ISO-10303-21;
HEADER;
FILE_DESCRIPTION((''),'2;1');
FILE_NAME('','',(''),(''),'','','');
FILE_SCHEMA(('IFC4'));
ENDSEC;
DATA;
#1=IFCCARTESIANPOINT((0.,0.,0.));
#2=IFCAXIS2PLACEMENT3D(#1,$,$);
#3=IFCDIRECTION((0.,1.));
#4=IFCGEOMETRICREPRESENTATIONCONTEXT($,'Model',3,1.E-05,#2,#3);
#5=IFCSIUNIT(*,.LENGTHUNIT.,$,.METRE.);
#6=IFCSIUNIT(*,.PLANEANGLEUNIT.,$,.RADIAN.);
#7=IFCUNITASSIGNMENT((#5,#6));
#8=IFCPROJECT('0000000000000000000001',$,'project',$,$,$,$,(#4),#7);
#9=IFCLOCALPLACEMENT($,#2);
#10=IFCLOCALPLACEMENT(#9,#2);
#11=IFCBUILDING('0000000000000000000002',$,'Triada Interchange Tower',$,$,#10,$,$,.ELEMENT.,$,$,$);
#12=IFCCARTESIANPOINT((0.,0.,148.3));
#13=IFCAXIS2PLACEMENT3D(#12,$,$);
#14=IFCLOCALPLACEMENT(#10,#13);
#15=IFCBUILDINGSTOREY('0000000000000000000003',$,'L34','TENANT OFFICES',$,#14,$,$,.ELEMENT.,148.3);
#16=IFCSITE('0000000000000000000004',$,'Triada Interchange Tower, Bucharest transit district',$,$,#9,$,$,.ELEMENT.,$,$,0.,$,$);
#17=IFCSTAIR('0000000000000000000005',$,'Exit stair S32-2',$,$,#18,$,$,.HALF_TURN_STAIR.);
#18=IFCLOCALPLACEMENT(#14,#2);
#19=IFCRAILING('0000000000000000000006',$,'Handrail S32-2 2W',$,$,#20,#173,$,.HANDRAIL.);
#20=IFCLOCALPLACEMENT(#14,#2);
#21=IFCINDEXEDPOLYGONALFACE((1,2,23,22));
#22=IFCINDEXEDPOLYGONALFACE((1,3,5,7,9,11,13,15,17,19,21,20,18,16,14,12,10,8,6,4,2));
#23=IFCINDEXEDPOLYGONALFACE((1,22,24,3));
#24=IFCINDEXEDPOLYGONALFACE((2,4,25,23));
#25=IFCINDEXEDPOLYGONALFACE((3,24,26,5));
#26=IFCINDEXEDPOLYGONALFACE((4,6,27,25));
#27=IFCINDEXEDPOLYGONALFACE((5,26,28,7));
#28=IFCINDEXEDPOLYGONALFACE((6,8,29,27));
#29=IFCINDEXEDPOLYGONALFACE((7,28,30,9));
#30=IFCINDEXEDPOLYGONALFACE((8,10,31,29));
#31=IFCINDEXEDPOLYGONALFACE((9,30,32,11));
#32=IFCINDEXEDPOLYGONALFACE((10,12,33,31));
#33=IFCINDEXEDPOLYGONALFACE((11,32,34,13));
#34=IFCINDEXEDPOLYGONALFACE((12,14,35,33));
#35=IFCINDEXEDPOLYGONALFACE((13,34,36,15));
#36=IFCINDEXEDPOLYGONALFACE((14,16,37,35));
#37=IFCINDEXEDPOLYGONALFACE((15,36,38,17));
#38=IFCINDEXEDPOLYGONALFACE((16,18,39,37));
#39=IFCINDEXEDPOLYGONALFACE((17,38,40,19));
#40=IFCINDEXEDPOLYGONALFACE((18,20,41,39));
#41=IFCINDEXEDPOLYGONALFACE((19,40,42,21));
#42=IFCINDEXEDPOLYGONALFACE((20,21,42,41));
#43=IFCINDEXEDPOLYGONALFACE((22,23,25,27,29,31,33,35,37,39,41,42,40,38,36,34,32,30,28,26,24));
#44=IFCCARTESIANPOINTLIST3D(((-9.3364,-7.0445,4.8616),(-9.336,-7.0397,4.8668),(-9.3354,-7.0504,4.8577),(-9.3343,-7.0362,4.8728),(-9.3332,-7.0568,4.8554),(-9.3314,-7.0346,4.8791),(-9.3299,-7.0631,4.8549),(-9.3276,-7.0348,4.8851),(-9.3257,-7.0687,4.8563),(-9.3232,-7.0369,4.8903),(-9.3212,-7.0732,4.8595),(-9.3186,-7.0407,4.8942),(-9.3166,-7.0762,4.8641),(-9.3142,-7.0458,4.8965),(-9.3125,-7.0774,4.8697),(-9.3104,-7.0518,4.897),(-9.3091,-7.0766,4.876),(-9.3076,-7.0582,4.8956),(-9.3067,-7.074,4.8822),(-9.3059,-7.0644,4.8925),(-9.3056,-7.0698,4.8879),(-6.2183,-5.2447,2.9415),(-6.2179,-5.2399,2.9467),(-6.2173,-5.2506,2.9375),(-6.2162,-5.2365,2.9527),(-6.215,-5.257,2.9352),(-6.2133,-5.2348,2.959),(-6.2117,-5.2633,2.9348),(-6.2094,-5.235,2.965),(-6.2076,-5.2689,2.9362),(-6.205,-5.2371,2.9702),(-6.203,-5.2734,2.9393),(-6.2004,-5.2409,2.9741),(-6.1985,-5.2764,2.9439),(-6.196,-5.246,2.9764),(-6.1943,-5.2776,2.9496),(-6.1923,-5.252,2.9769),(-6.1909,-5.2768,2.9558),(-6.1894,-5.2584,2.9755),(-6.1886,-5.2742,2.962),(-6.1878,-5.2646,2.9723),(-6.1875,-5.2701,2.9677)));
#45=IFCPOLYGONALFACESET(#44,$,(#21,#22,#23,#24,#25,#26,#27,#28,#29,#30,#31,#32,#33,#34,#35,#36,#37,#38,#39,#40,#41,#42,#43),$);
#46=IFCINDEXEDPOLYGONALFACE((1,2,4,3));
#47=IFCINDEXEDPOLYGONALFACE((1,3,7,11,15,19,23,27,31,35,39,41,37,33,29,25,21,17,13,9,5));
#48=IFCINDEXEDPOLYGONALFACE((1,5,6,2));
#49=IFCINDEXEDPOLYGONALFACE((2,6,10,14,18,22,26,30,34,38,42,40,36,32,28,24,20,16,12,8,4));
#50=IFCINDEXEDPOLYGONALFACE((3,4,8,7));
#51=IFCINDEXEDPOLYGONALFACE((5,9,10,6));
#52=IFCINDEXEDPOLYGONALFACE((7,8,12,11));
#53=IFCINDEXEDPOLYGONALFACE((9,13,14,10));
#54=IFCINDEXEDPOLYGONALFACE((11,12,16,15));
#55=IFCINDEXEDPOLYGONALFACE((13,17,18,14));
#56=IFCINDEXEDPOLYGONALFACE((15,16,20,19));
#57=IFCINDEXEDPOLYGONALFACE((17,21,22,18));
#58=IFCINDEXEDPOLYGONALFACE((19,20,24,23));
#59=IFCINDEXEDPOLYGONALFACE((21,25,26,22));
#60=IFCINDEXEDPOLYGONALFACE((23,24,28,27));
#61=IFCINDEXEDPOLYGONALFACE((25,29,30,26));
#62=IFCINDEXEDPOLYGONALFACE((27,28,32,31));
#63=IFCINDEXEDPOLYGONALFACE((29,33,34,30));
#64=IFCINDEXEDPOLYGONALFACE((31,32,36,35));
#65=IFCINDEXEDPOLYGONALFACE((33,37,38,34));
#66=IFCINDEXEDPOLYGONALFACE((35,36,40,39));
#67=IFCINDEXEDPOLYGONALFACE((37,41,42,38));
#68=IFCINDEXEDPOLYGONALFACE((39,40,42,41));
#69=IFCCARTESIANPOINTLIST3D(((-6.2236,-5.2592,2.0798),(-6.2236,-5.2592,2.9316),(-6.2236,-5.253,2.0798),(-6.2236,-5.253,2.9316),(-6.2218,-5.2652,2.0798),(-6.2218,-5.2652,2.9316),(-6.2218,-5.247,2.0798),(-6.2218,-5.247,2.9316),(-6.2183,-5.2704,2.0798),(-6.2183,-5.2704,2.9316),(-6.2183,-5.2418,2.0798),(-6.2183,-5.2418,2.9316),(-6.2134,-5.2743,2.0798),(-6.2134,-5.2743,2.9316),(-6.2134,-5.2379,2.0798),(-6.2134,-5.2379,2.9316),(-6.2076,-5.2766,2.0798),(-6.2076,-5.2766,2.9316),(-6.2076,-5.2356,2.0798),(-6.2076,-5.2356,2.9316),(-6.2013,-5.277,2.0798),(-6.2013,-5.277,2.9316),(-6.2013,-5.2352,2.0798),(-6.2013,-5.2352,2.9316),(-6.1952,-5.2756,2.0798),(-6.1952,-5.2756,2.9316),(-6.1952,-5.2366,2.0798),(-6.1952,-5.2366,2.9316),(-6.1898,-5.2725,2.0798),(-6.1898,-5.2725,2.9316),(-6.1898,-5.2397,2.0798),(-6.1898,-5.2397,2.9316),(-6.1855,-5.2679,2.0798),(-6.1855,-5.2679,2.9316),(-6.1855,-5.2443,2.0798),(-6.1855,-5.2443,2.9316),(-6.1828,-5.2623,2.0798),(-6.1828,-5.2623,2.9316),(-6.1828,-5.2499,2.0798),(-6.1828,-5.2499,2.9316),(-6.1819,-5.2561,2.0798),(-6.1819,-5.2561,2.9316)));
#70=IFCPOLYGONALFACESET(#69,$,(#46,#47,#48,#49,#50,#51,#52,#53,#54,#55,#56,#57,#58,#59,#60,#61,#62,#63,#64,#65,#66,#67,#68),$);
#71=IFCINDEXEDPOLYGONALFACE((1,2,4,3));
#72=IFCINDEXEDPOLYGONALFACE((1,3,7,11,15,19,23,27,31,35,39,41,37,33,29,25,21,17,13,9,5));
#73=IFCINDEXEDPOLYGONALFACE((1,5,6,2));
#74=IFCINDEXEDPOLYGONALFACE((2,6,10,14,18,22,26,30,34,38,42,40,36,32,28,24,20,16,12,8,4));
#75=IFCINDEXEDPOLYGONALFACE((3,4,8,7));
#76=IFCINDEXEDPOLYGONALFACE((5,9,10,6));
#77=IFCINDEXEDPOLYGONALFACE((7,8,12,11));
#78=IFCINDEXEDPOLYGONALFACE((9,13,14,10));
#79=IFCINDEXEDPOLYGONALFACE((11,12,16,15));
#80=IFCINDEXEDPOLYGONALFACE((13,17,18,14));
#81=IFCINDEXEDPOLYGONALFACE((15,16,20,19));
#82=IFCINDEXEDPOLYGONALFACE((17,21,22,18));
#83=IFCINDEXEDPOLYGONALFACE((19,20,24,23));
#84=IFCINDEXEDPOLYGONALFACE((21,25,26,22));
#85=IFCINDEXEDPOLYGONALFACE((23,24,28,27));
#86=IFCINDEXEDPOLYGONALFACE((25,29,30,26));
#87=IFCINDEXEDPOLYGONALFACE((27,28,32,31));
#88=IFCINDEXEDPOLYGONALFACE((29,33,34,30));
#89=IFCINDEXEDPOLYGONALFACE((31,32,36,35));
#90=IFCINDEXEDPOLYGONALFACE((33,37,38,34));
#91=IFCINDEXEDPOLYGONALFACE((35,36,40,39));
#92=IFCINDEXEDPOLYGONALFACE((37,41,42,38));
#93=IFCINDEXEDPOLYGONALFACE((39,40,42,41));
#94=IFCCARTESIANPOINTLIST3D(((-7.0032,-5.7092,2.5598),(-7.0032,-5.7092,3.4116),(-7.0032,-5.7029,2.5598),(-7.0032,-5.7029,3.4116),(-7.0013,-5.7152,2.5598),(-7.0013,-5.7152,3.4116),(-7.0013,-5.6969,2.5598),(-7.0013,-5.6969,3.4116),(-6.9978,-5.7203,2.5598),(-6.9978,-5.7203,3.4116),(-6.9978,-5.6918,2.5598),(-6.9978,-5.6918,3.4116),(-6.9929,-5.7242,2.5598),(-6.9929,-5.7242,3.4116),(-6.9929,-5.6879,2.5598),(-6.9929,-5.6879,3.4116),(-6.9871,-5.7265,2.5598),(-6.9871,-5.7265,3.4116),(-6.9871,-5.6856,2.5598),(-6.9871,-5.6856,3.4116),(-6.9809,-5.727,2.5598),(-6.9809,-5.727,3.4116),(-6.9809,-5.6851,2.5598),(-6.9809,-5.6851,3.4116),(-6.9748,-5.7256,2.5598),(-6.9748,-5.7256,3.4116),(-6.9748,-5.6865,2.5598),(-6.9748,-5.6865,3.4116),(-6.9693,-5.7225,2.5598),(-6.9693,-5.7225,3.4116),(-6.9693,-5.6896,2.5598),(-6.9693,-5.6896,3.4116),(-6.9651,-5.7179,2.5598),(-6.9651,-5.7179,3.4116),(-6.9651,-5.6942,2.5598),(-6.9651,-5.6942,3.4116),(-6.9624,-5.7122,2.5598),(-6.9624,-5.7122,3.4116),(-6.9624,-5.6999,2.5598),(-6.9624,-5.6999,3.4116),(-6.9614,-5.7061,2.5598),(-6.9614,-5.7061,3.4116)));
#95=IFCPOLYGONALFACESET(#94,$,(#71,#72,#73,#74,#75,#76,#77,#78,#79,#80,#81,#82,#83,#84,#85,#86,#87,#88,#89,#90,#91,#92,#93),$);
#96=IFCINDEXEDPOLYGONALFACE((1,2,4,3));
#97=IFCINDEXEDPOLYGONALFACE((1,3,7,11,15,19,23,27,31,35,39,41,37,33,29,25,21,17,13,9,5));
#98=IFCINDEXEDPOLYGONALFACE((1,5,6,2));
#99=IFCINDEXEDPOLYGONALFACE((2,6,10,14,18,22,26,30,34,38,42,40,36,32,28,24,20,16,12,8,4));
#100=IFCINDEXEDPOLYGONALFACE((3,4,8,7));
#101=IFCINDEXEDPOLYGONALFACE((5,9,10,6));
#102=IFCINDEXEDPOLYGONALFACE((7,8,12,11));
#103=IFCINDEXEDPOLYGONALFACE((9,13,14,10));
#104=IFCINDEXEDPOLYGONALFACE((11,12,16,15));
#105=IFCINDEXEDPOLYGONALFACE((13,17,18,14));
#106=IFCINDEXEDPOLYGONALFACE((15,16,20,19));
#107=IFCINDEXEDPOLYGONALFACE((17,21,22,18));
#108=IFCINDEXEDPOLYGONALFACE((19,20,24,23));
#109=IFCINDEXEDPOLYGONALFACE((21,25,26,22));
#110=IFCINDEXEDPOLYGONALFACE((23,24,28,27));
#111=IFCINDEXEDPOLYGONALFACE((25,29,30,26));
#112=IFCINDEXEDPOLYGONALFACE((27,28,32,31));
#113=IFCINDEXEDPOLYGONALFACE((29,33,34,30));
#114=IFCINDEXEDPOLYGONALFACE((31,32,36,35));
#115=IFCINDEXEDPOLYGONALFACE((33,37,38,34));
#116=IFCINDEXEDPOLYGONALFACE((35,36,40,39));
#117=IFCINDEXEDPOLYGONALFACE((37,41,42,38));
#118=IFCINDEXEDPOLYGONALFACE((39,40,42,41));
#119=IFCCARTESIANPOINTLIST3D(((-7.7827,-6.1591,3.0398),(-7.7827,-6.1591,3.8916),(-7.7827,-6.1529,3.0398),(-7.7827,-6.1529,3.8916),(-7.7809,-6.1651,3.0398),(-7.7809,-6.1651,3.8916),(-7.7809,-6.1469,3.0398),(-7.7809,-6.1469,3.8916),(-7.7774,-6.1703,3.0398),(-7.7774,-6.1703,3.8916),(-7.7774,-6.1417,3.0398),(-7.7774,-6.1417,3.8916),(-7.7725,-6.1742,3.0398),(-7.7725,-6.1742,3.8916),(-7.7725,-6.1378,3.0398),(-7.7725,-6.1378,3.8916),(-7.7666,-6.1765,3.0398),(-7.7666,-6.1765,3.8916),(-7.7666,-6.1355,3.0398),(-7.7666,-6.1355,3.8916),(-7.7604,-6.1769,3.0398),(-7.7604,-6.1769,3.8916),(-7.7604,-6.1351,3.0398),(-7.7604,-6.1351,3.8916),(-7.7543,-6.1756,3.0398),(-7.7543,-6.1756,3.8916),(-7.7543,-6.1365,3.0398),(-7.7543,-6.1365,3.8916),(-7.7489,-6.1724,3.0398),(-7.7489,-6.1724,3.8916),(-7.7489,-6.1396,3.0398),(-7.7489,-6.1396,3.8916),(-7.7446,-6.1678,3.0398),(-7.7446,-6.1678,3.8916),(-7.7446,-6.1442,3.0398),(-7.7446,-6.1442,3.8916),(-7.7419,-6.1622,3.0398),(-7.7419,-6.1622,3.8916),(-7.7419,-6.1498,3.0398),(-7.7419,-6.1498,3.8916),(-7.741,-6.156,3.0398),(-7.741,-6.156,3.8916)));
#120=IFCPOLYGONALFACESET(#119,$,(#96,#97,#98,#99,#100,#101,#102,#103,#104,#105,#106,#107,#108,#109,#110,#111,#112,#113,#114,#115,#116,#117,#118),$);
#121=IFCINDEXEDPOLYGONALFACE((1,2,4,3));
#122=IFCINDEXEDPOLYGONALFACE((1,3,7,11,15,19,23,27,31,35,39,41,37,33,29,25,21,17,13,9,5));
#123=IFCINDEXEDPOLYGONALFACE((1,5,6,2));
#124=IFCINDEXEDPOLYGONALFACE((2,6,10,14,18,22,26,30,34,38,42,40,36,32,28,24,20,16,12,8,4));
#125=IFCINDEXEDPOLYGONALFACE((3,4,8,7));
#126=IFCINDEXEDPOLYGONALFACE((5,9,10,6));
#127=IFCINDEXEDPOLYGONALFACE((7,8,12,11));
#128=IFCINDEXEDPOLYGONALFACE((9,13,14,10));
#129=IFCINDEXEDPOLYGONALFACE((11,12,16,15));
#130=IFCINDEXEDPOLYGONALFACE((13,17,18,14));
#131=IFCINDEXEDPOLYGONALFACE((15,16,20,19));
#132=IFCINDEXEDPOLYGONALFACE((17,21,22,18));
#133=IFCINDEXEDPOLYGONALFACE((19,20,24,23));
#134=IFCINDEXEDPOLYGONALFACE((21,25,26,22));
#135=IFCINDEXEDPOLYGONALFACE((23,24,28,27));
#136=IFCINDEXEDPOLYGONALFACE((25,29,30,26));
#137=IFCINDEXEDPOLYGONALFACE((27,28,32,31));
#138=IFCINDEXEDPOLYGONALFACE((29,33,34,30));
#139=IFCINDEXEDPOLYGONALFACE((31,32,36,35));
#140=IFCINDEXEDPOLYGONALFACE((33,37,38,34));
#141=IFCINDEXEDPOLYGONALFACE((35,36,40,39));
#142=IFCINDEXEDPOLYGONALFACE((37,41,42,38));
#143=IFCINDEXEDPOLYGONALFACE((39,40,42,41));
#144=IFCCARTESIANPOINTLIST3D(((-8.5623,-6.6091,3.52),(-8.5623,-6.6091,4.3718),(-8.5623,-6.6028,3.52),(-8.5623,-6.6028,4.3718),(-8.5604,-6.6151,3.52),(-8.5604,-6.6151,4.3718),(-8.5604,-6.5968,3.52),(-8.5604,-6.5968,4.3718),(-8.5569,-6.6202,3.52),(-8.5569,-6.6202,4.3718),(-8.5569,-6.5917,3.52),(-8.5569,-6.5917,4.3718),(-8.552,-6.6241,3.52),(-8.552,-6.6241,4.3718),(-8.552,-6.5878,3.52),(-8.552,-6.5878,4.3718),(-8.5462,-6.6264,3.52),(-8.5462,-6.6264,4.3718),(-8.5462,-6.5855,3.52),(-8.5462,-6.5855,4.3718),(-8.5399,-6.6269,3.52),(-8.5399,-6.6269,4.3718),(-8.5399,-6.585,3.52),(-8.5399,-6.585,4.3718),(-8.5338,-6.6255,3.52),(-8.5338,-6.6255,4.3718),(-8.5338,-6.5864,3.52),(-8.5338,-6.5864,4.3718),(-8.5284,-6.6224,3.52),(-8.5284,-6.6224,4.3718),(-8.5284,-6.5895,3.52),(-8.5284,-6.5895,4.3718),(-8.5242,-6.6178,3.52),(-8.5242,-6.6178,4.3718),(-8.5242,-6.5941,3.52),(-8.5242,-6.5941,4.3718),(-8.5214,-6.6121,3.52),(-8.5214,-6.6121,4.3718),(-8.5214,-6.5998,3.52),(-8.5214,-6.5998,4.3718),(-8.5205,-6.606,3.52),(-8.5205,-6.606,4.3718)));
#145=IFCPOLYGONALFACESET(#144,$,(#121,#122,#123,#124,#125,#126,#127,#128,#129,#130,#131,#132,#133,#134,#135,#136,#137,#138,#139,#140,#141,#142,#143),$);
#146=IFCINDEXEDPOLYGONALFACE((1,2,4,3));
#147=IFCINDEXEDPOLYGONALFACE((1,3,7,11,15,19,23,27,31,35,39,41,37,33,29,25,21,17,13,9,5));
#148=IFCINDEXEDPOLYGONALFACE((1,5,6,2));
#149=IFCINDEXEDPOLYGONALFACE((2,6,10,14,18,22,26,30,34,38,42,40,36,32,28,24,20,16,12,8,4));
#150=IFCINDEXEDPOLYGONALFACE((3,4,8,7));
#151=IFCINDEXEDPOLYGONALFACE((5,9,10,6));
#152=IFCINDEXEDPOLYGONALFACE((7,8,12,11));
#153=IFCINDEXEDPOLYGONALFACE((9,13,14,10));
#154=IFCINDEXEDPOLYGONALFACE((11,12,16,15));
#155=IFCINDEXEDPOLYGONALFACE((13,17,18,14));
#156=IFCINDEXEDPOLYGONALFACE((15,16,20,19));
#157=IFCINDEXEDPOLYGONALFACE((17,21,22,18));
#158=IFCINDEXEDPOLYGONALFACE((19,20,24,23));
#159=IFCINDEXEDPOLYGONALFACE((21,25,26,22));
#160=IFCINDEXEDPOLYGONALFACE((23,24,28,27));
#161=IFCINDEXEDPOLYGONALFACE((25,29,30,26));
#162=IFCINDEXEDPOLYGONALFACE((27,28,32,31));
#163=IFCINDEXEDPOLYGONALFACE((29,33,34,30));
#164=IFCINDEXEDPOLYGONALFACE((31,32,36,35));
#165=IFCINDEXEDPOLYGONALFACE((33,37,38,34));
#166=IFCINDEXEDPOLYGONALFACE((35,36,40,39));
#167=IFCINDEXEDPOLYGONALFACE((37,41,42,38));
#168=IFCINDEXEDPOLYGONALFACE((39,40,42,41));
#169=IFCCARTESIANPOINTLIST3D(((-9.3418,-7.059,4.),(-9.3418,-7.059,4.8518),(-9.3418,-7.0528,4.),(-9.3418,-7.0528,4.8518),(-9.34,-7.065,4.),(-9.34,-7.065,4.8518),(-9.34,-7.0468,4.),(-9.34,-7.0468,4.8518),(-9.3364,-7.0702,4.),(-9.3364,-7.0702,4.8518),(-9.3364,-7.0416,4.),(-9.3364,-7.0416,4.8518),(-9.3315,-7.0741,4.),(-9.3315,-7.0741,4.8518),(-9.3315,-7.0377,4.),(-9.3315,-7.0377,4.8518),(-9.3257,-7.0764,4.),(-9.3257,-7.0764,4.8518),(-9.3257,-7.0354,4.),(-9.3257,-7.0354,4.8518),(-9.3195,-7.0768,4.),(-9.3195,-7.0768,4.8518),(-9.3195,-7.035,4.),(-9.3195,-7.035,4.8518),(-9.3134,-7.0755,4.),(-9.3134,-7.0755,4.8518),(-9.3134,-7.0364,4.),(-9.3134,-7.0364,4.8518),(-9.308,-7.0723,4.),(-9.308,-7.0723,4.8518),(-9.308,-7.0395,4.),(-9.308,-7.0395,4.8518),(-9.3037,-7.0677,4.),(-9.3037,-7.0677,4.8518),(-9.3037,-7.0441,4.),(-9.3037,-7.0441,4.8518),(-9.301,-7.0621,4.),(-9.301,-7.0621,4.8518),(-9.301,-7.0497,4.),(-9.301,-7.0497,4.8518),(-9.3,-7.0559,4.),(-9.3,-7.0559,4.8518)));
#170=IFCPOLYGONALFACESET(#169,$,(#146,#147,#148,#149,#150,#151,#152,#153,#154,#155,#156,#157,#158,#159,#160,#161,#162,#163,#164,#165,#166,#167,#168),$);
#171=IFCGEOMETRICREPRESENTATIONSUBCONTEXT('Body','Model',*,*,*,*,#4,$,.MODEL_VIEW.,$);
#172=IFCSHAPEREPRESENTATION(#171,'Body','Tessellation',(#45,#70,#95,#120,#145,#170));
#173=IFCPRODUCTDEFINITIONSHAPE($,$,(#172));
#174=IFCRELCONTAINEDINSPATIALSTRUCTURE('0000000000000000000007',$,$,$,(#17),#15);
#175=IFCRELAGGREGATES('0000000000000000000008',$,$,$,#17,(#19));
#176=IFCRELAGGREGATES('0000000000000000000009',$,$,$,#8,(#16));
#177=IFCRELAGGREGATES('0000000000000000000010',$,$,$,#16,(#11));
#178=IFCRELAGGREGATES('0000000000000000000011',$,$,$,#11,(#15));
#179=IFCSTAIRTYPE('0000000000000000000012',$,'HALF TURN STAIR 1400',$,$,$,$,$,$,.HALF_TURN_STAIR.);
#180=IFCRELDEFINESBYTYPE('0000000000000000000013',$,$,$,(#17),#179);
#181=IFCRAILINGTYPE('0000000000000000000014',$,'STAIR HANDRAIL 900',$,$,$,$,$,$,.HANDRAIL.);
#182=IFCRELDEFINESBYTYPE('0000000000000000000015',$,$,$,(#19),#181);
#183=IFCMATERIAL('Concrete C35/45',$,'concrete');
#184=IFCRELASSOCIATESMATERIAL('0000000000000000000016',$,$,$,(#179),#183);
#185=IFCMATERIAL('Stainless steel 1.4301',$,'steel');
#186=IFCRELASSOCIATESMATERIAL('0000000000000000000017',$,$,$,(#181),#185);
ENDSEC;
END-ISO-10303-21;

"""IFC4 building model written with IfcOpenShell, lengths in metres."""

from ifc_helpers import new_model, si_unit, direction, frame, origin, origin_2d, place, context, subcontext, project, spatial, circle, extrude, material, type_object, element, aggregate, save


model = new_model("IFC4")

# Units and contexts
model_context = context("Model", 3, precision=1e-05, world=origin(), true_north=direction((0.0, 1.0)))
body_context = subcontext(model_context, "Body", "Model", "MODEL_VIEW")
ifc_project = project(units=[si_unit("LENGTHUNIT", "METRE"), si_unit("PLANEANGLEUNIT", "RADIAN")], contexts=[model_context])

# Site, building, storey
site_placement = place(None, origin())
site = spatial("IfcSite", under=ifc_project, at=site_placement, Name="Triada Interchange Tower, Bucharest transit district", CompositionType="ELEMENT", RefElevation=0.0)
building_placement = place(site_placement, origin())
building = spatial("IfcBuilding", under=site, at=building_placement, Name="Triada Interchange Tower", CompositionType="ELEMENT")
storey_placement = place(building_placement, frame((0.0, 0.0, 148.3)))
storey = spatial("IfcBuildingStorey", under=building, at=storey_placement, Name="L34", Description="TENANT OFFICES", CompositionType="ELEMENT", Elevation=148.3)

# Stair, railing
ifc_material_1 = material(Name="Concrete C35/45", Category="concrete")
stair_type = type_object("IfcStairType", Name="HALF TURN STAIR 1400", PredefinedType="HALF_TURN_STAIR", material=ifc_material_1)
stair_placement = place(storey_placement, origin())
stair = element("IfcStair", 1, at=stair_placement, inside=storey, type_object=stair_type, Name="Exit stair S32-2", PredefinedType="HALF_TURN_STAIR")
ifc_material_2 = material(Name="Stainless steel 1.4301", Category="steel")
railing_type = type_object("IfcRailingType", Name="STAIR HANDRAIL 900", PredefinedType="HANDRAIL", material=ifc_material_2)
railing_1_placement = place(storey_placement, frame((-6.2029, -5.2561, 2.0798)))
railing_1 = element("IfcRailing", 2, at=railing_1_placement, type_object=railing_type, Name="Handrail S32-2 2W", PredefinedType="HANDRAIL", context=body_context, shape_type="SweptSolid", body=[
    extrude(circle(Radius=0.0239, at=origin_2d()), frame((0.0, 0.0, 0.876), z_axis=(-0.76419, -0.44109, 0.470588), x_axis=(0.499902, -0.866082, 0.0)), (0.0, 0.0, 1.0), 4.0803),
    extrude(circle(Radius=0.021, at=origin_2d()), origin(), (0.0, 0.0, 1.0), 0.8518),
    extrude(circle(Radius=0.021, at=origin_2d()), frame((-0.7795, -0.45, 0.48)), (0.0, 0.0, 1.0), 0.8518),
    extrude(circle(Radius=0.021, at=origin_2d()), frame((-1.5591, -0.8999, 0.96)), (0.0, 0.0, 1.0), 0.8518),
    extrude(circle(Radius=0.021, at=origin_2d()), frame((-2.3386, -1.3499, 1.4402)), (0.0, 0.0, 1.0), 0.8518),
    extrude(circle(Radius=0.021, at=origin_2d()), frame((-3.1182, -1.7998, 1.9202)), (0.0, 0.0, 1.0), 0.8518),
])
aggregate(stair, [railing_1])

save(model, "model.ifc")
